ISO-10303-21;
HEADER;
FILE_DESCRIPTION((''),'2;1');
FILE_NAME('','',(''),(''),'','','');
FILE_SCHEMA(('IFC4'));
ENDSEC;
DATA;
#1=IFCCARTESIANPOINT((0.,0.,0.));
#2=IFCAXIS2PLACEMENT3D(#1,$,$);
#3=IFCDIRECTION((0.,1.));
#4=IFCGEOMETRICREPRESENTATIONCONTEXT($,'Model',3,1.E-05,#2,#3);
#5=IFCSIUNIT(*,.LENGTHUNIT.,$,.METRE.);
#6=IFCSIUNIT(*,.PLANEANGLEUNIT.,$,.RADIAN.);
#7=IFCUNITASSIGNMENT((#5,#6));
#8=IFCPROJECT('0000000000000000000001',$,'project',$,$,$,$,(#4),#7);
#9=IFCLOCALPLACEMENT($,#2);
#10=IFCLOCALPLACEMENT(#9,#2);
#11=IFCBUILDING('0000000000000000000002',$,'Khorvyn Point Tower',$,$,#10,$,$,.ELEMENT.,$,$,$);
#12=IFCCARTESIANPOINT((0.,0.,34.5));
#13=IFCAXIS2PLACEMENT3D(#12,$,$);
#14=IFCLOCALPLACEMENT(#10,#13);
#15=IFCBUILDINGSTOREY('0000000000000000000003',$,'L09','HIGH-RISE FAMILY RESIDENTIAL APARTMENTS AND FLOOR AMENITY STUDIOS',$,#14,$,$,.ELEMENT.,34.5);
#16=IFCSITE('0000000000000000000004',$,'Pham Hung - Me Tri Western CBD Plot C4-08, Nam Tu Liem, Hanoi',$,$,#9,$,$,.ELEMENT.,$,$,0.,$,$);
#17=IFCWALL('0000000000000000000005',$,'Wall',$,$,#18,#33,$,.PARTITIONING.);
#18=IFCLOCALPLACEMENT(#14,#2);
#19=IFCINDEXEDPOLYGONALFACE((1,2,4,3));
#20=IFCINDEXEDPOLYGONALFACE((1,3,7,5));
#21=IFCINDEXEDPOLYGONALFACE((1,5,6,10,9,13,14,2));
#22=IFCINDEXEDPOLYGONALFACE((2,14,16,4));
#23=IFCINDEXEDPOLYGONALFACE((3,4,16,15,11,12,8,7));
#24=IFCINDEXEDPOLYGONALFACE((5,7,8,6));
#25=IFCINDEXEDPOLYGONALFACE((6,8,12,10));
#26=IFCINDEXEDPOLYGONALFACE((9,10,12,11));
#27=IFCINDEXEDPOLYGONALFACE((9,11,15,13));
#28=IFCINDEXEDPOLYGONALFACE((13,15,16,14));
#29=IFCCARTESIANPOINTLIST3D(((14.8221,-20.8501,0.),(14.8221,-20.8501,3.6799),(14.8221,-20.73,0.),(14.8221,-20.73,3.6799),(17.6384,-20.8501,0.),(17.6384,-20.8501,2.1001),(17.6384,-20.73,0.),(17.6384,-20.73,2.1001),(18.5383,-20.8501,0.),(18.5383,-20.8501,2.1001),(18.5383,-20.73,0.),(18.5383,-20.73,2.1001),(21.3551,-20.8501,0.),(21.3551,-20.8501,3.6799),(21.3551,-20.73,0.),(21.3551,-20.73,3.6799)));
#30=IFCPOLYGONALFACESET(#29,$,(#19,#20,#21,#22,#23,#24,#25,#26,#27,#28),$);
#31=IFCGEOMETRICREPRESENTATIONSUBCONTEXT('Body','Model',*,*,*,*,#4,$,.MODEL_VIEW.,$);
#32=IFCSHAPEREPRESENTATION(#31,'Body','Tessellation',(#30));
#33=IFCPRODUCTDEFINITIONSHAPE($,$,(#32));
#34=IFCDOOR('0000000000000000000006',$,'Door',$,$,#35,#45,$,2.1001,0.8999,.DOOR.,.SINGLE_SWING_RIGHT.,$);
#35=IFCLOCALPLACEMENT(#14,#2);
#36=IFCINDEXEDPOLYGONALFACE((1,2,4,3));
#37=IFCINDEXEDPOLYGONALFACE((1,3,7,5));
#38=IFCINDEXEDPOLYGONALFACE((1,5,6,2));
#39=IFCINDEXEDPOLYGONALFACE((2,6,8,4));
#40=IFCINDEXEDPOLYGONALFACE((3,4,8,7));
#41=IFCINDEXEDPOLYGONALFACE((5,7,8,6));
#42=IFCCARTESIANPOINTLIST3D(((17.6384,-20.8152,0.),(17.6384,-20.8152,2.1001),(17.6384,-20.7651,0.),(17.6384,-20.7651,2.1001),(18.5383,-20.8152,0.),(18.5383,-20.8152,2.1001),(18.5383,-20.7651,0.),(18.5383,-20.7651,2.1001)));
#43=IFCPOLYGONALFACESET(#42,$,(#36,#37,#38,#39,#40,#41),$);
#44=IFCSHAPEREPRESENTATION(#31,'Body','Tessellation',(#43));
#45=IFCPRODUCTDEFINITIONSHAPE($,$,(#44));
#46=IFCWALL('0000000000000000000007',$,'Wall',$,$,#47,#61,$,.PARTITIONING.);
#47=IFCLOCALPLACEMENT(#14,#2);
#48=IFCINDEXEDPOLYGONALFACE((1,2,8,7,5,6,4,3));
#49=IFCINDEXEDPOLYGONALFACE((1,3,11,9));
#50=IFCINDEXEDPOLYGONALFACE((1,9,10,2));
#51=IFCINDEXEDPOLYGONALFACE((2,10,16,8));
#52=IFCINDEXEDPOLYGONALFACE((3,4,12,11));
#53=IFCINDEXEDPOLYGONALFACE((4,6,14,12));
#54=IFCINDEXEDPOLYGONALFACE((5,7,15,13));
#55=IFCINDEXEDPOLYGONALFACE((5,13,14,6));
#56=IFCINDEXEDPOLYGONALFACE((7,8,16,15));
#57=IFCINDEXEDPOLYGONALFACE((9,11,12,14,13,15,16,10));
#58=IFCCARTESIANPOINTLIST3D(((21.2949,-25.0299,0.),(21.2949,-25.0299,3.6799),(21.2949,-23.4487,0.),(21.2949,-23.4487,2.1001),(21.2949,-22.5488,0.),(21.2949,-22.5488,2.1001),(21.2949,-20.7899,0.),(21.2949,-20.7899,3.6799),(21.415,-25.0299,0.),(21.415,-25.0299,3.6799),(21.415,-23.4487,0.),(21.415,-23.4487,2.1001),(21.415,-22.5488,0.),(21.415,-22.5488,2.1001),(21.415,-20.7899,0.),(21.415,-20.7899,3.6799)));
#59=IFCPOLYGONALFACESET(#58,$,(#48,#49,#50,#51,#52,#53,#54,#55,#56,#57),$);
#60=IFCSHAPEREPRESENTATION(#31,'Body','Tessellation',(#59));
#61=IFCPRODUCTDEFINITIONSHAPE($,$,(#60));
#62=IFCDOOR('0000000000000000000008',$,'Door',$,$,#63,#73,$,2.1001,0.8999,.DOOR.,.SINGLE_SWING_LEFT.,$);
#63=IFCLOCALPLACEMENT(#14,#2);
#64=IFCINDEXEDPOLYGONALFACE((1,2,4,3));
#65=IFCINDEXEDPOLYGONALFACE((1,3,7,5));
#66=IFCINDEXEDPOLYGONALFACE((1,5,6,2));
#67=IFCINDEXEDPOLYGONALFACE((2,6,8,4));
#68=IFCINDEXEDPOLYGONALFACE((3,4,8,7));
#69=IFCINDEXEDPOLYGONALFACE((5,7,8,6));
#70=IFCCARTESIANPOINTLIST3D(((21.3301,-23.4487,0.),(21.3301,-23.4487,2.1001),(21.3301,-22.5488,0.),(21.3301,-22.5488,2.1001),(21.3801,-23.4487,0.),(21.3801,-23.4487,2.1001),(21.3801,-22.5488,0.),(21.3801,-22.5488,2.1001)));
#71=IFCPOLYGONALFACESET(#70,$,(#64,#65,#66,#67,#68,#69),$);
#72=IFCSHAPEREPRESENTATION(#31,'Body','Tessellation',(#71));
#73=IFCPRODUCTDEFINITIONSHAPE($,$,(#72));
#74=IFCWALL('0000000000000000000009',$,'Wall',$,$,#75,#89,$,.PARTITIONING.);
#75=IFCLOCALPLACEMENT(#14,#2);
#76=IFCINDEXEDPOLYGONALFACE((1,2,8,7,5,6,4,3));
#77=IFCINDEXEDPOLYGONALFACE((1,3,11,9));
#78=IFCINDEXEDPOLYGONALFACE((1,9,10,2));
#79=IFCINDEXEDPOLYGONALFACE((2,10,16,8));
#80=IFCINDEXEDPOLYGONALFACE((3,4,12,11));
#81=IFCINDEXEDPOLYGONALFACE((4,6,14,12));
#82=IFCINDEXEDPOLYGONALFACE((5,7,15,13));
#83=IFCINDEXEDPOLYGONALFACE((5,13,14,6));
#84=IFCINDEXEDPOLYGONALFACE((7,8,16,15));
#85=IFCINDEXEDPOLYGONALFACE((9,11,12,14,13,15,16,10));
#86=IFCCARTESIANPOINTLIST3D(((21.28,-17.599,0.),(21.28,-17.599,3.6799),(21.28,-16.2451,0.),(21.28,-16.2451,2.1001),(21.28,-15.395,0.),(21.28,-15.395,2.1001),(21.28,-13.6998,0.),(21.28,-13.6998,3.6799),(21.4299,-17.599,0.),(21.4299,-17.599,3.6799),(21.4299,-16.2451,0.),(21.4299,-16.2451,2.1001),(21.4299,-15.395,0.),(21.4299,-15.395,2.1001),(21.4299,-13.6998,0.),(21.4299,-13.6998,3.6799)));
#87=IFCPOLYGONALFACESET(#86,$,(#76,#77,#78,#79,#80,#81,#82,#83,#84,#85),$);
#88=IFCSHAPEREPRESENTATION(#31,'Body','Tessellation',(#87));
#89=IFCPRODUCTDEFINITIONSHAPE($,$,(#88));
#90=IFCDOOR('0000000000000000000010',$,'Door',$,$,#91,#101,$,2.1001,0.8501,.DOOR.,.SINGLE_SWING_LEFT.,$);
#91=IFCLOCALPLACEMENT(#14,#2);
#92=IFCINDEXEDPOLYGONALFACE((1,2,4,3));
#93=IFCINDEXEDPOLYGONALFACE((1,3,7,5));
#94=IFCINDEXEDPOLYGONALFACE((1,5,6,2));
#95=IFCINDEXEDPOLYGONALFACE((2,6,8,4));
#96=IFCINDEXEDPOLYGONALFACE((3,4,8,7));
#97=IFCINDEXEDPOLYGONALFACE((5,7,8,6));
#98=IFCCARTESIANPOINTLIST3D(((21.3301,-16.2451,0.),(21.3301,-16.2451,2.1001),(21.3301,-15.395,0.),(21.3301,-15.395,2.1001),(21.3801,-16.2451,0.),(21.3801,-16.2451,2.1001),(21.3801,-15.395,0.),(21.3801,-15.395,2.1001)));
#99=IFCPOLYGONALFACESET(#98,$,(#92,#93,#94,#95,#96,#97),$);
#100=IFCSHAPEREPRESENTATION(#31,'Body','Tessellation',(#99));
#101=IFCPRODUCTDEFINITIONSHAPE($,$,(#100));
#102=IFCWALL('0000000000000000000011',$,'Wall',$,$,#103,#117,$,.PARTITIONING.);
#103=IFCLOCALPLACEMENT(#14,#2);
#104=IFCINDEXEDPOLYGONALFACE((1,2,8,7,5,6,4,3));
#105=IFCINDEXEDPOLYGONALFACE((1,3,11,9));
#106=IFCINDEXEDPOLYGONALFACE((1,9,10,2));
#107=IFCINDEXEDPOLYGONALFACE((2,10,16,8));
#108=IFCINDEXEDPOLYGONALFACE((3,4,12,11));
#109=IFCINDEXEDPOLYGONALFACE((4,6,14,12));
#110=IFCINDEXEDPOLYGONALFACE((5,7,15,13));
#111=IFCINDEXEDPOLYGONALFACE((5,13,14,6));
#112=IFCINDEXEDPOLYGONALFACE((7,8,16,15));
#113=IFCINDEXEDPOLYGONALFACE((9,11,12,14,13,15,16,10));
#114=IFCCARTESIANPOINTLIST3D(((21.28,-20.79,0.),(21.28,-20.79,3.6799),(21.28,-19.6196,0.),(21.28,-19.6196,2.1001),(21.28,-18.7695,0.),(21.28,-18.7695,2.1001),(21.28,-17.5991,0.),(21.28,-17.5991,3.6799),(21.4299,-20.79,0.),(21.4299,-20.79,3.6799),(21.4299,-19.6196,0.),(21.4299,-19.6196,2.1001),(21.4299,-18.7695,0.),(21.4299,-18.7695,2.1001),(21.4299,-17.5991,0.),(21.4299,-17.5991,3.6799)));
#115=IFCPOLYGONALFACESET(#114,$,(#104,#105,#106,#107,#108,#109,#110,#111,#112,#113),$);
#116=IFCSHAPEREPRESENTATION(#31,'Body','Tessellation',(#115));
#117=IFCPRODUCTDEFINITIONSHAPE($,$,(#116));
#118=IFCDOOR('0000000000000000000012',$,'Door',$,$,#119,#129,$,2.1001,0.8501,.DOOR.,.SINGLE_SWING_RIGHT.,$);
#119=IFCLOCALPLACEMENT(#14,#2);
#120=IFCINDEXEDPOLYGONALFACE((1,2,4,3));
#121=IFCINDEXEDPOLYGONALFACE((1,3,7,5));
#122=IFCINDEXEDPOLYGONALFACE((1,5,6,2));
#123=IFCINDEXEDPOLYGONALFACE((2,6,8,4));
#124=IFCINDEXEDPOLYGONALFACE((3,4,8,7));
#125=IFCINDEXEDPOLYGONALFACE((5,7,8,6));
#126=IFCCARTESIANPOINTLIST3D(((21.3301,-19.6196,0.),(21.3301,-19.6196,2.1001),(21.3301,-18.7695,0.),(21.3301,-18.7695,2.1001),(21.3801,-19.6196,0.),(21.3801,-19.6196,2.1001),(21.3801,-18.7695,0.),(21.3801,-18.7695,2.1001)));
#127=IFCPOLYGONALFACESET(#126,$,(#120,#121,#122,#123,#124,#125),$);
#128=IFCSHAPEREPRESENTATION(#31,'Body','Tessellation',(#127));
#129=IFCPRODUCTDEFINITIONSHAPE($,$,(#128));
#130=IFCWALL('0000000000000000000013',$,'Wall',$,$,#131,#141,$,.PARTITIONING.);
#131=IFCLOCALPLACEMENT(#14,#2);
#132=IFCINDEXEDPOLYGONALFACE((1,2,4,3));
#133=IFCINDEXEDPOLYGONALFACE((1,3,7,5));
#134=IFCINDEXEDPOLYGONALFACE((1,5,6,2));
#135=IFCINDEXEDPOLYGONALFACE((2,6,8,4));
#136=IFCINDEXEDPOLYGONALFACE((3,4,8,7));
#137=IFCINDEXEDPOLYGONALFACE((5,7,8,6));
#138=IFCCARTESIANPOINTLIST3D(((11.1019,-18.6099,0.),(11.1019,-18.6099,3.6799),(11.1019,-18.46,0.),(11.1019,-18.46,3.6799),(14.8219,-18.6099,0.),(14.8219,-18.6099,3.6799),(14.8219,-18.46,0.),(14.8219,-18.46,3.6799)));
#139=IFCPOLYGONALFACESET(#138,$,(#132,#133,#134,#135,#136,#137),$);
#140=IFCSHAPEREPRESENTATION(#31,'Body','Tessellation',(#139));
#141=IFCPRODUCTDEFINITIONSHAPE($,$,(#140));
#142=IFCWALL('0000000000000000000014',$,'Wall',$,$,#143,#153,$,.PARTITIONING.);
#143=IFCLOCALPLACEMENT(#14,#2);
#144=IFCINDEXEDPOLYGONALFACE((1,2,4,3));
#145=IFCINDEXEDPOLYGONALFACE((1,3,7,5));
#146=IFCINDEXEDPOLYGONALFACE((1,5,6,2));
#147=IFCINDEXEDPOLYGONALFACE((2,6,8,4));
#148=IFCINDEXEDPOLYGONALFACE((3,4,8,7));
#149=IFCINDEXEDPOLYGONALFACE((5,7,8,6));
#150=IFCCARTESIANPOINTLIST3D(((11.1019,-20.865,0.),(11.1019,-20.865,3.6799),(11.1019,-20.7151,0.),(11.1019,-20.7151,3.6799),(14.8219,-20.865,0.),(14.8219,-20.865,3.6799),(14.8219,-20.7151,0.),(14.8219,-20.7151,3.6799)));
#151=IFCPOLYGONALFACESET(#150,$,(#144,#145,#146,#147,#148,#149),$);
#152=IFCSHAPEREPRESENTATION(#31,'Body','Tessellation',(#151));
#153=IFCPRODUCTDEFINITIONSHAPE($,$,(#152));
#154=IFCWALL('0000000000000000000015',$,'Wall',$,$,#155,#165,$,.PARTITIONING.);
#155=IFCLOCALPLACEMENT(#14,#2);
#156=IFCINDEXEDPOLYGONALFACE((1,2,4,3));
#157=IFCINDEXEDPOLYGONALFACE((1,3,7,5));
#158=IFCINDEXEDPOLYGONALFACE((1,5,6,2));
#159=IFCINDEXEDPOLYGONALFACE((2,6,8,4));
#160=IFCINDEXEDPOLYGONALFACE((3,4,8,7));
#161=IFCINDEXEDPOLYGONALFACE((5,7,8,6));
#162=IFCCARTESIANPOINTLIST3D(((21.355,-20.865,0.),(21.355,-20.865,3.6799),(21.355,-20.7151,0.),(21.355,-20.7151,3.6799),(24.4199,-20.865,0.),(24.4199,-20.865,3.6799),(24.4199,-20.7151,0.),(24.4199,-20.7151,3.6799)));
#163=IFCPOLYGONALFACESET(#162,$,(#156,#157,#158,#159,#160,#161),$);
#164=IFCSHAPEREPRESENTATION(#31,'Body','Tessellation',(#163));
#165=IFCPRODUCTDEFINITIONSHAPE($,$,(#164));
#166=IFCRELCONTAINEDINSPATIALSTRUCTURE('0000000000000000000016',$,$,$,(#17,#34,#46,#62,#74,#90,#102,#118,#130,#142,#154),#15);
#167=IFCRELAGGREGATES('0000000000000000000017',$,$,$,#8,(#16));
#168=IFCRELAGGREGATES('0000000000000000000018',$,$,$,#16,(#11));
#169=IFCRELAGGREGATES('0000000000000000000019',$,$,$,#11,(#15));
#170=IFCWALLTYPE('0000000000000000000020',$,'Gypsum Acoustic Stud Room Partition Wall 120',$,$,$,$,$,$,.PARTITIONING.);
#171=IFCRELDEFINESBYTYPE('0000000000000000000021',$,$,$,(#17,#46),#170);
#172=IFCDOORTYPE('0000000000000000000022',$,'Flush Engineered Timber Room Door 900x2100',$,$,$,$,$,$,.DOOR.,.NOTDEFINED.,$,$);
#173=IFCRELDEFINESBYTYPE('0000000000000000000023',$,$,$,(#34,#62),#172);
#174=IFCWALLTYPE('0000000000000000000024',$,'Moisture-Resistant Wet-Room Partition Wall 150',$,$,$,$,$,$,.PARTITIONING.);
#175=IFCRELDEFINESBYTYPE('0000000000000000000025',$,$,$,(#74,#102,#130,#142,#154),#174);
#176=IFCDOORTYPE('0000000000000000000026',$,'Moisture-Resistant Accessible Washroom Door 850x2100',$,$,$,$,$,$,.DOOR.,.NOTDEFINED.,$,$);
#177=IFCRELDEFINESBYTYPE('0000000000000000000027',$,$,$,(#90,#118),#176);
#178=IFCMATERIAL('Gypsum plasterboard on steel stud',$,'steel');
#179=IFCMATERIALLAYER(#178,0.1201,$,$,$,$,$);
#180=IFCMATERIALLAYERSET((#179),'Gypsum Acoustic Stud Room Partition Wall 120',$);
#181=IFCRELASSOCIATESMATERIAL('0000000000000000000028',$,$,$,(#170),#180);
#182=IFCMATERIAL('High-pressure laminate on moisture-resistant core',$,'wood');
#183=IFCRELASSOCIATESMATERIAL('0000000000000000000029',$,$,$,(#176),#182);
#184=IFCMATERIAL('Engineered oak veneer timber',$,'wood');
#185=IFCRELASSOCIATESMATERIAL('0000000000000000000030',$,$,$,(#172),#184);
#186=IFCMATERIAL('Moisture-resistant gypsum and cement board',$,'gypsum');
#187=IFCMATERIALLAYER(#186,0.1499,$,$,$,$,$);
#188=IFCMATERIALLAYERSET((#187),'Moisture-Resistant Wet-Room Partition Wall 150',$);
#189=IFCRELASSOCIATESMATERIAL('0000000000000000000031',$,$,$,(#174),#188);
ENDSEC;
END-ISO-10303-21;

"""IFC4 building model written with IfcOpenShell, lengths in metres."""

from ifc_helpers import new_model, si_unit, direction, frame, frame_2d, origin, place, context, subcontext, project, spatial, rectangle, extrude, material, layer, layer_set, type_object, element, fill, save


model = new_model("IFC4")

# Units and contexts
model_context = context("Model", 3, precision=1e-05, world=origin(), true_north=direction((0.0, 1.0)))
body_context = subcontext(model_context, "Body", "Model", "MODEL_VIEW")
ifc_project = project(units=[si_unit("LENGTHUNIT", "METRE"), si_unit("PLANEANGLEUNIT", "RADIAN")], contexts=[model_context])

# Site, building, storey
site_placement = place(None, origin())
site = spatial("IfcSite", under=ifc_project, at=site_placement, Name="Pham Hung - Me Tri Western CBD Plot C4-08, Nam Tu Liem, Hanoi", CompositionType="ELEMENT", RefElevation=0.0)
building_placement = place(site_placement, origin())
building = spatial("IfcBuilding", under=site, at=building_placement, Name="Khorvyn Point Tower", CompositionType="ELEMENT")
storey_placement = place(building_placement, frame((0.0, 0.0, 34.5)))
storey = spatial("IfcBuildingStorey", under=building, at=storey_placement, Name="L09", Description="HIGH-RISE FAMILY RESIDENTIAL APARTMENTS AND FLOOR AMENITY STUDIOS", CompositionType="ELEMENT", Elevation=34.5)

# Walls, openings, doors
ifc_material_1 = material(Name="Gypsum plasterboard on steel stud", Category="steel")
ifc_layer_1 = layer(ifc_material_1, 0.1201)
ifc_layer_set_1 = layer_set([ifc_layer_1], Name="Gypsum Acoustic Stud Room Partition Wall 120")
wall_type_1 = type_object("IfcWallType", Name="Gypsum Acoustic Stud Room Partition Wall 120", PredefinedType="PARTITIONING", material=ifc_layer_set_1)
ifc_material_2 = material(Name="High-pressure laminate on moisture-resistant core", Category="wood")
door_type_1 = type_object("IfcDoorType", Name="Moisture-Resistant Accessible Washroom Door 850x2100", OperationType="NOTDEFINED", PredefinedType="DOOR", material=ifc_material_2)
wall_1_placement = place(storey_placement, frame((14.822, -20.79, 0.0), z_axis=(0.0, 0.0, 1.0), x_axis=(1.0, 0.0, 0.0)))
wall_1 = element("IfcWall", 1, at=wall_1_placement, inside=storey, type_object=wall_type_1, Name="Wall", PredefinedType="PARTITIONING", context=body_context, shape_type="SweptSolid", body=[
    extrude(rectangle(XDim=6.533, YDim=0.1201, at=frame_2d((3.2666, 0.0))), origin(), (0.0, 0.0, 1.0), 3.6799),
])
opening_1_placement = place(wall_1_placement, frame((2.8164, 0.0, 0.0)))
opening_1 = element("IfcOpeningElement", 2, at=opening_1_placement, cuts=wall_1, PredefinedType="OPENING", context=body_context, shape_type="SweptSolid", body=[
    extrude(rectangle(XDim=0.8999, YDim=2.1001, at=frame_2d((0.45, 1.05))), frame((0.0, 0.0701, 0.0), z_axis=(0.0, -1.0, 0.0), x_axis=(1.0, 0.0, 0.0)), (0.0, 0.0, 1.0), 0.1401),
])
ifc_material_3 = material(Name="Engineered oak veneer timber", Category="wood")
door_type_2 = type_object("IfcDoorType", Name="Flush Engineered Timber Room Door 900x2100", OperationType="NOTDEFINED", PredefinedType="DOOR", material=ifc_material_3)
door_1_placement = place(opening_1_placement, origin())
door_1 = element("IfcDoor", 3, at=door_1_placement, inside=storey, type_object=door_type_2, Name="Door", OperationType="SINGLE_SWING_RIGHT", OverallHeight=2.1001, OverallWidth=0.8999, PredefinedType="DOOR", context=body_context, shape_type="SweptSolid", body=[
    extrude(rectangle(XDim=0.8999, YDim=2.1001, at=frame_2d((0.45, 1.05))), frame((0.0, 0.0249, 0.0), z_axis=(0.0, -1.0, 0.0), x_axis=(1.0, 0.0, 0.0)), (0.0, 0.0, 1.0), 0.05),
])
fill(opening_1, door_1)
wall_2_placement = place(storey_placement, frame((21.355, -25.03, 0.0), z_axis=(0.0, 0.0, 1.0), x_axis=(0.0, 1.0, 0.0)))
wall_2 = element("IfcWall", 4, at=wall_2_placement, inside=storey, type_object=wall_type_1, Name="Wall", PredefinedType="PARTITIONING", context=body_context, shape_type="SweptSolid", body=[
    extrude(rectangle(XDim=4.24, YDim=0.1201, at=frame_2d((2.1201, 0.0))), origin(), (0.0, 0.0, 1.0), 3.6799),
])
opening_2_placement = place(wall_2_placement, frame((1.5813, 0.0, 0.0)))
opening_2 = element("IfcOpeningElement", 5, at=opening_2_placement, cuts=wall_2, PredefinedType="OPENING", context=body_context, shape_type="SweptSolid", body=[
    extrude(rectangle(XDim=0.8999, YDim=2.1001, at=frame_2d((0.45, 1.05))), frame((0.0, 0.0701, 0.0), z_axis=(0.0, -1.0, 0.0), x_axis=(1.0, 0.0, 0.0)), (0.0, 0.0, 1.0), 0.1401),
])
door_2_placement = place(opening_2_placement, origin())
door_2 = element("IfcDoor", 6, at=door_2_placement, inside=storey, type_object=door_type_2, Name="Door", OperationType="SINGLE_SWING_LEFT", OverallHeight=2.1001, OverallWidth=0.8999, PredefinedType="DOOR", context=body_context, shape_type="SweptSolid", body=[
    extrude(rectangle(XDim=0.8999, YDim=2.1001, at=frame_2d((0.45, 1.05))), frame((0.0, 0.0249, 0.0), z_axis=(0.0, -1.0, 0.0), x_axis=(1.0, 0.0, 0.0)), (0.0, 0.0, 1.0), 0.05),
])
fill(opening_2, door_2)
ifc_material_4 = material(Name="Moisture-resistant gypsum and cement board", Category="gypsum")
ifc_layer_2 = layer(ifc_material_4, 0.1499)
ifc_layer_set_2 = layer_set([ifc_layer_2], Name="Moisture-Resistant Wet-Room Partition Wall 150")
wall_type_2 = type_object("IfcWallType", Name="Moisture-Resistant Wet-Room Partition Wall 150", PredefinedType="PARTITIONING", material=ifc_layer_set_2)
wall_3_placement = place(storey_placement, frame((21.355, -17.5991, 0.0), z_axis=(0.0, 0.0, 1.0), x_axis=(0.0, 1.0, 0.0)))
wall_3 = element("IfcWall", 7, at=wall_3_placement, inside=storey, type_object=wall_type_2, Name="Wall", PredefinedType="PARTITIONING", context=body_context, shape_type="SweptSolid", body=[
    extrude(rectangle(XDim=3.8992, YDim=0.1499, at=frame_2d((1.9497, 0.0))), origin(), (0.0, 0.0, 1.0), 3.6799),
])
opening_3_placement = place(wall_3_placement, frame((1.354, 0.0, 0.0)))
opening_3 = element("IfcOpeningElement", 8, at=opening_3_placement, cuts=wall_3, PredefinedType="OPENING", context=body_context, shape_type="SweptSolid", body=[
    extrude(rectangle(XDim=0.8501, YDim=2.1001, at=frame_2d((0.425, 1.05))), frame((0.0, 0.085, 0.0), z_axis=(0.0, -1.0, 0.0), x_axis=(1.0, 0.0, 0.0)), (0.0, 0.0, 1.0), 0.1699),
])
door_3_placement = place(opening_3_placement, origin())
door_3 = element("IfcDoor", 9, at=door_3_placement, inside=storey, type_object=door_type_1, Name="Door", OperationType="SINGLE_SWING_LEFT", OverallHeight=2.1001, OverallWidth=0.8501, PredefinedType="DOOR", context=body_context, shape_type="SweptSolid", body=[
    extrude(rectangle(XDim=0.8501, YDim=2.1001, at=frame_2d((0.425, 1.05))), frame((0.0, 0.0249, 0.0), z_axis=(0.0, -1.0, 0.0), x_axis=(1.0, 0.0, 0.0)), (0.0, 0.0, 1.0), 0.05),
])
fill(opening_3, door_3)
wall_4_placement = place(storey_placement, frame((21.355, -20.79, 0.0), z_axis=(0.0, 0.0, 1.0), x_axis=(0.0, 1.0, 0.0)))
wall_4 = element("IfcWall", 10, at=wall_4_placement, inside=storey, type_object=wall_type_2, Name="Wall", PredefinedType="PARTITIONING", context=body_context, shape_type="SweptSolid", body=[
    extrude(rectangle(XDim=3.1909, YDim=0.1499, at=frame_2d((1.5955, 0.0))), origin(), (0.0, 0.0, 1.0), 3.6799),
])
opening_4_placement = place(wall_4_placement, frame((1.1704, 0.0, 0.0)))
opening_4 = element("IfcOpeningElement", 11, at=opening_4_placement, cuts=wall_4, PredefinedType="OPENING", context=body_context, shape_type="SweptSolid", body=[
    extrude(rectangle(XDim=0.8501, YDim=2.1001, at=frame_2d((0.425, 1.05))), frame((0.0, 0.085, 0.0), z_axis=(0.0, -1.0, 0.0), x_axis=(1.0, 0.0, 0.0)), (0.0, 0.0, 1.0), 0.1699),
])
door_4_placement = place(opening_4_placement, origin())
door_4 = element("IfcDoor", 12, at=door_4_placement, inside=storey, type_object=door_type_1, Name="Door", OperationType="SINGLE_SWING_RIGHT", OverallHeight=2.1001, OverallWidth=0.8501, PredefinedType="DOOR", context=body_context, shape_type="SweptSolid", body=[
    extrude(rectangle(XDim=0.8501, YDim=2.1001, at=frame_2d((0.425, 1.05))), frame((0.0, 0.0249, 0.0), z_axis=(0.0, -1.0, 0.0), x_axis=(1.0, 0.0, 0.0)), (0.0, 0.0, 1.0), 0.05),
])
fill(opening_4, door_4)

# Walls
for number, where, z_axis, x_axis, name in (
    (13, (11.1021, -18.5349, 0.0), (0.0, 0.0, 1.0), (1.0, 0.0, 0.0), "Wall"),
    (14, (11.1021, -20.79, 0.0), (0.0, 0.0, 1.0), (1.0, 0.0, 0.0), "Wall"),
):
    element("IfcWall", number, at=place(storey_placement, frame(where, z_axis=z_axis, x_axis=x_axis)), inside=storey, type_object=wall_type_2, Name=name, PredefinedType="PARTITIONING", context=body_context, shape_type="SweptSolid", body=[
        extrude(rectangle(XDim=3.72, YDim=0.1499, at=frame_2d((1.8599, 0.0))), origin(), (0.0, 0.0, 1.0), 3.6799),
    ])
wall_5_placement = place(storey_placement, frame((21.355, -20.79, 0.0), z_axis=(0.0, 0.0, 1.0), x_axis=(1.0, 0.0, 0.0)))
element("IfcWall", 15, at=wall_5_placement, inside=storey, type_object=wall_type_2, Name="Wall", PredefinedType="PARTITIONING", context=body_context, shape_type="SweptSolid", body=[
    extrude(rectangle(XDim=3.0649, YDim=0.1499, at=frame_2d((1.5325, 0.0))), origin(), (0.0, 0.0, 1.0), 3.6799),
])

save(model, "model.ifc")
